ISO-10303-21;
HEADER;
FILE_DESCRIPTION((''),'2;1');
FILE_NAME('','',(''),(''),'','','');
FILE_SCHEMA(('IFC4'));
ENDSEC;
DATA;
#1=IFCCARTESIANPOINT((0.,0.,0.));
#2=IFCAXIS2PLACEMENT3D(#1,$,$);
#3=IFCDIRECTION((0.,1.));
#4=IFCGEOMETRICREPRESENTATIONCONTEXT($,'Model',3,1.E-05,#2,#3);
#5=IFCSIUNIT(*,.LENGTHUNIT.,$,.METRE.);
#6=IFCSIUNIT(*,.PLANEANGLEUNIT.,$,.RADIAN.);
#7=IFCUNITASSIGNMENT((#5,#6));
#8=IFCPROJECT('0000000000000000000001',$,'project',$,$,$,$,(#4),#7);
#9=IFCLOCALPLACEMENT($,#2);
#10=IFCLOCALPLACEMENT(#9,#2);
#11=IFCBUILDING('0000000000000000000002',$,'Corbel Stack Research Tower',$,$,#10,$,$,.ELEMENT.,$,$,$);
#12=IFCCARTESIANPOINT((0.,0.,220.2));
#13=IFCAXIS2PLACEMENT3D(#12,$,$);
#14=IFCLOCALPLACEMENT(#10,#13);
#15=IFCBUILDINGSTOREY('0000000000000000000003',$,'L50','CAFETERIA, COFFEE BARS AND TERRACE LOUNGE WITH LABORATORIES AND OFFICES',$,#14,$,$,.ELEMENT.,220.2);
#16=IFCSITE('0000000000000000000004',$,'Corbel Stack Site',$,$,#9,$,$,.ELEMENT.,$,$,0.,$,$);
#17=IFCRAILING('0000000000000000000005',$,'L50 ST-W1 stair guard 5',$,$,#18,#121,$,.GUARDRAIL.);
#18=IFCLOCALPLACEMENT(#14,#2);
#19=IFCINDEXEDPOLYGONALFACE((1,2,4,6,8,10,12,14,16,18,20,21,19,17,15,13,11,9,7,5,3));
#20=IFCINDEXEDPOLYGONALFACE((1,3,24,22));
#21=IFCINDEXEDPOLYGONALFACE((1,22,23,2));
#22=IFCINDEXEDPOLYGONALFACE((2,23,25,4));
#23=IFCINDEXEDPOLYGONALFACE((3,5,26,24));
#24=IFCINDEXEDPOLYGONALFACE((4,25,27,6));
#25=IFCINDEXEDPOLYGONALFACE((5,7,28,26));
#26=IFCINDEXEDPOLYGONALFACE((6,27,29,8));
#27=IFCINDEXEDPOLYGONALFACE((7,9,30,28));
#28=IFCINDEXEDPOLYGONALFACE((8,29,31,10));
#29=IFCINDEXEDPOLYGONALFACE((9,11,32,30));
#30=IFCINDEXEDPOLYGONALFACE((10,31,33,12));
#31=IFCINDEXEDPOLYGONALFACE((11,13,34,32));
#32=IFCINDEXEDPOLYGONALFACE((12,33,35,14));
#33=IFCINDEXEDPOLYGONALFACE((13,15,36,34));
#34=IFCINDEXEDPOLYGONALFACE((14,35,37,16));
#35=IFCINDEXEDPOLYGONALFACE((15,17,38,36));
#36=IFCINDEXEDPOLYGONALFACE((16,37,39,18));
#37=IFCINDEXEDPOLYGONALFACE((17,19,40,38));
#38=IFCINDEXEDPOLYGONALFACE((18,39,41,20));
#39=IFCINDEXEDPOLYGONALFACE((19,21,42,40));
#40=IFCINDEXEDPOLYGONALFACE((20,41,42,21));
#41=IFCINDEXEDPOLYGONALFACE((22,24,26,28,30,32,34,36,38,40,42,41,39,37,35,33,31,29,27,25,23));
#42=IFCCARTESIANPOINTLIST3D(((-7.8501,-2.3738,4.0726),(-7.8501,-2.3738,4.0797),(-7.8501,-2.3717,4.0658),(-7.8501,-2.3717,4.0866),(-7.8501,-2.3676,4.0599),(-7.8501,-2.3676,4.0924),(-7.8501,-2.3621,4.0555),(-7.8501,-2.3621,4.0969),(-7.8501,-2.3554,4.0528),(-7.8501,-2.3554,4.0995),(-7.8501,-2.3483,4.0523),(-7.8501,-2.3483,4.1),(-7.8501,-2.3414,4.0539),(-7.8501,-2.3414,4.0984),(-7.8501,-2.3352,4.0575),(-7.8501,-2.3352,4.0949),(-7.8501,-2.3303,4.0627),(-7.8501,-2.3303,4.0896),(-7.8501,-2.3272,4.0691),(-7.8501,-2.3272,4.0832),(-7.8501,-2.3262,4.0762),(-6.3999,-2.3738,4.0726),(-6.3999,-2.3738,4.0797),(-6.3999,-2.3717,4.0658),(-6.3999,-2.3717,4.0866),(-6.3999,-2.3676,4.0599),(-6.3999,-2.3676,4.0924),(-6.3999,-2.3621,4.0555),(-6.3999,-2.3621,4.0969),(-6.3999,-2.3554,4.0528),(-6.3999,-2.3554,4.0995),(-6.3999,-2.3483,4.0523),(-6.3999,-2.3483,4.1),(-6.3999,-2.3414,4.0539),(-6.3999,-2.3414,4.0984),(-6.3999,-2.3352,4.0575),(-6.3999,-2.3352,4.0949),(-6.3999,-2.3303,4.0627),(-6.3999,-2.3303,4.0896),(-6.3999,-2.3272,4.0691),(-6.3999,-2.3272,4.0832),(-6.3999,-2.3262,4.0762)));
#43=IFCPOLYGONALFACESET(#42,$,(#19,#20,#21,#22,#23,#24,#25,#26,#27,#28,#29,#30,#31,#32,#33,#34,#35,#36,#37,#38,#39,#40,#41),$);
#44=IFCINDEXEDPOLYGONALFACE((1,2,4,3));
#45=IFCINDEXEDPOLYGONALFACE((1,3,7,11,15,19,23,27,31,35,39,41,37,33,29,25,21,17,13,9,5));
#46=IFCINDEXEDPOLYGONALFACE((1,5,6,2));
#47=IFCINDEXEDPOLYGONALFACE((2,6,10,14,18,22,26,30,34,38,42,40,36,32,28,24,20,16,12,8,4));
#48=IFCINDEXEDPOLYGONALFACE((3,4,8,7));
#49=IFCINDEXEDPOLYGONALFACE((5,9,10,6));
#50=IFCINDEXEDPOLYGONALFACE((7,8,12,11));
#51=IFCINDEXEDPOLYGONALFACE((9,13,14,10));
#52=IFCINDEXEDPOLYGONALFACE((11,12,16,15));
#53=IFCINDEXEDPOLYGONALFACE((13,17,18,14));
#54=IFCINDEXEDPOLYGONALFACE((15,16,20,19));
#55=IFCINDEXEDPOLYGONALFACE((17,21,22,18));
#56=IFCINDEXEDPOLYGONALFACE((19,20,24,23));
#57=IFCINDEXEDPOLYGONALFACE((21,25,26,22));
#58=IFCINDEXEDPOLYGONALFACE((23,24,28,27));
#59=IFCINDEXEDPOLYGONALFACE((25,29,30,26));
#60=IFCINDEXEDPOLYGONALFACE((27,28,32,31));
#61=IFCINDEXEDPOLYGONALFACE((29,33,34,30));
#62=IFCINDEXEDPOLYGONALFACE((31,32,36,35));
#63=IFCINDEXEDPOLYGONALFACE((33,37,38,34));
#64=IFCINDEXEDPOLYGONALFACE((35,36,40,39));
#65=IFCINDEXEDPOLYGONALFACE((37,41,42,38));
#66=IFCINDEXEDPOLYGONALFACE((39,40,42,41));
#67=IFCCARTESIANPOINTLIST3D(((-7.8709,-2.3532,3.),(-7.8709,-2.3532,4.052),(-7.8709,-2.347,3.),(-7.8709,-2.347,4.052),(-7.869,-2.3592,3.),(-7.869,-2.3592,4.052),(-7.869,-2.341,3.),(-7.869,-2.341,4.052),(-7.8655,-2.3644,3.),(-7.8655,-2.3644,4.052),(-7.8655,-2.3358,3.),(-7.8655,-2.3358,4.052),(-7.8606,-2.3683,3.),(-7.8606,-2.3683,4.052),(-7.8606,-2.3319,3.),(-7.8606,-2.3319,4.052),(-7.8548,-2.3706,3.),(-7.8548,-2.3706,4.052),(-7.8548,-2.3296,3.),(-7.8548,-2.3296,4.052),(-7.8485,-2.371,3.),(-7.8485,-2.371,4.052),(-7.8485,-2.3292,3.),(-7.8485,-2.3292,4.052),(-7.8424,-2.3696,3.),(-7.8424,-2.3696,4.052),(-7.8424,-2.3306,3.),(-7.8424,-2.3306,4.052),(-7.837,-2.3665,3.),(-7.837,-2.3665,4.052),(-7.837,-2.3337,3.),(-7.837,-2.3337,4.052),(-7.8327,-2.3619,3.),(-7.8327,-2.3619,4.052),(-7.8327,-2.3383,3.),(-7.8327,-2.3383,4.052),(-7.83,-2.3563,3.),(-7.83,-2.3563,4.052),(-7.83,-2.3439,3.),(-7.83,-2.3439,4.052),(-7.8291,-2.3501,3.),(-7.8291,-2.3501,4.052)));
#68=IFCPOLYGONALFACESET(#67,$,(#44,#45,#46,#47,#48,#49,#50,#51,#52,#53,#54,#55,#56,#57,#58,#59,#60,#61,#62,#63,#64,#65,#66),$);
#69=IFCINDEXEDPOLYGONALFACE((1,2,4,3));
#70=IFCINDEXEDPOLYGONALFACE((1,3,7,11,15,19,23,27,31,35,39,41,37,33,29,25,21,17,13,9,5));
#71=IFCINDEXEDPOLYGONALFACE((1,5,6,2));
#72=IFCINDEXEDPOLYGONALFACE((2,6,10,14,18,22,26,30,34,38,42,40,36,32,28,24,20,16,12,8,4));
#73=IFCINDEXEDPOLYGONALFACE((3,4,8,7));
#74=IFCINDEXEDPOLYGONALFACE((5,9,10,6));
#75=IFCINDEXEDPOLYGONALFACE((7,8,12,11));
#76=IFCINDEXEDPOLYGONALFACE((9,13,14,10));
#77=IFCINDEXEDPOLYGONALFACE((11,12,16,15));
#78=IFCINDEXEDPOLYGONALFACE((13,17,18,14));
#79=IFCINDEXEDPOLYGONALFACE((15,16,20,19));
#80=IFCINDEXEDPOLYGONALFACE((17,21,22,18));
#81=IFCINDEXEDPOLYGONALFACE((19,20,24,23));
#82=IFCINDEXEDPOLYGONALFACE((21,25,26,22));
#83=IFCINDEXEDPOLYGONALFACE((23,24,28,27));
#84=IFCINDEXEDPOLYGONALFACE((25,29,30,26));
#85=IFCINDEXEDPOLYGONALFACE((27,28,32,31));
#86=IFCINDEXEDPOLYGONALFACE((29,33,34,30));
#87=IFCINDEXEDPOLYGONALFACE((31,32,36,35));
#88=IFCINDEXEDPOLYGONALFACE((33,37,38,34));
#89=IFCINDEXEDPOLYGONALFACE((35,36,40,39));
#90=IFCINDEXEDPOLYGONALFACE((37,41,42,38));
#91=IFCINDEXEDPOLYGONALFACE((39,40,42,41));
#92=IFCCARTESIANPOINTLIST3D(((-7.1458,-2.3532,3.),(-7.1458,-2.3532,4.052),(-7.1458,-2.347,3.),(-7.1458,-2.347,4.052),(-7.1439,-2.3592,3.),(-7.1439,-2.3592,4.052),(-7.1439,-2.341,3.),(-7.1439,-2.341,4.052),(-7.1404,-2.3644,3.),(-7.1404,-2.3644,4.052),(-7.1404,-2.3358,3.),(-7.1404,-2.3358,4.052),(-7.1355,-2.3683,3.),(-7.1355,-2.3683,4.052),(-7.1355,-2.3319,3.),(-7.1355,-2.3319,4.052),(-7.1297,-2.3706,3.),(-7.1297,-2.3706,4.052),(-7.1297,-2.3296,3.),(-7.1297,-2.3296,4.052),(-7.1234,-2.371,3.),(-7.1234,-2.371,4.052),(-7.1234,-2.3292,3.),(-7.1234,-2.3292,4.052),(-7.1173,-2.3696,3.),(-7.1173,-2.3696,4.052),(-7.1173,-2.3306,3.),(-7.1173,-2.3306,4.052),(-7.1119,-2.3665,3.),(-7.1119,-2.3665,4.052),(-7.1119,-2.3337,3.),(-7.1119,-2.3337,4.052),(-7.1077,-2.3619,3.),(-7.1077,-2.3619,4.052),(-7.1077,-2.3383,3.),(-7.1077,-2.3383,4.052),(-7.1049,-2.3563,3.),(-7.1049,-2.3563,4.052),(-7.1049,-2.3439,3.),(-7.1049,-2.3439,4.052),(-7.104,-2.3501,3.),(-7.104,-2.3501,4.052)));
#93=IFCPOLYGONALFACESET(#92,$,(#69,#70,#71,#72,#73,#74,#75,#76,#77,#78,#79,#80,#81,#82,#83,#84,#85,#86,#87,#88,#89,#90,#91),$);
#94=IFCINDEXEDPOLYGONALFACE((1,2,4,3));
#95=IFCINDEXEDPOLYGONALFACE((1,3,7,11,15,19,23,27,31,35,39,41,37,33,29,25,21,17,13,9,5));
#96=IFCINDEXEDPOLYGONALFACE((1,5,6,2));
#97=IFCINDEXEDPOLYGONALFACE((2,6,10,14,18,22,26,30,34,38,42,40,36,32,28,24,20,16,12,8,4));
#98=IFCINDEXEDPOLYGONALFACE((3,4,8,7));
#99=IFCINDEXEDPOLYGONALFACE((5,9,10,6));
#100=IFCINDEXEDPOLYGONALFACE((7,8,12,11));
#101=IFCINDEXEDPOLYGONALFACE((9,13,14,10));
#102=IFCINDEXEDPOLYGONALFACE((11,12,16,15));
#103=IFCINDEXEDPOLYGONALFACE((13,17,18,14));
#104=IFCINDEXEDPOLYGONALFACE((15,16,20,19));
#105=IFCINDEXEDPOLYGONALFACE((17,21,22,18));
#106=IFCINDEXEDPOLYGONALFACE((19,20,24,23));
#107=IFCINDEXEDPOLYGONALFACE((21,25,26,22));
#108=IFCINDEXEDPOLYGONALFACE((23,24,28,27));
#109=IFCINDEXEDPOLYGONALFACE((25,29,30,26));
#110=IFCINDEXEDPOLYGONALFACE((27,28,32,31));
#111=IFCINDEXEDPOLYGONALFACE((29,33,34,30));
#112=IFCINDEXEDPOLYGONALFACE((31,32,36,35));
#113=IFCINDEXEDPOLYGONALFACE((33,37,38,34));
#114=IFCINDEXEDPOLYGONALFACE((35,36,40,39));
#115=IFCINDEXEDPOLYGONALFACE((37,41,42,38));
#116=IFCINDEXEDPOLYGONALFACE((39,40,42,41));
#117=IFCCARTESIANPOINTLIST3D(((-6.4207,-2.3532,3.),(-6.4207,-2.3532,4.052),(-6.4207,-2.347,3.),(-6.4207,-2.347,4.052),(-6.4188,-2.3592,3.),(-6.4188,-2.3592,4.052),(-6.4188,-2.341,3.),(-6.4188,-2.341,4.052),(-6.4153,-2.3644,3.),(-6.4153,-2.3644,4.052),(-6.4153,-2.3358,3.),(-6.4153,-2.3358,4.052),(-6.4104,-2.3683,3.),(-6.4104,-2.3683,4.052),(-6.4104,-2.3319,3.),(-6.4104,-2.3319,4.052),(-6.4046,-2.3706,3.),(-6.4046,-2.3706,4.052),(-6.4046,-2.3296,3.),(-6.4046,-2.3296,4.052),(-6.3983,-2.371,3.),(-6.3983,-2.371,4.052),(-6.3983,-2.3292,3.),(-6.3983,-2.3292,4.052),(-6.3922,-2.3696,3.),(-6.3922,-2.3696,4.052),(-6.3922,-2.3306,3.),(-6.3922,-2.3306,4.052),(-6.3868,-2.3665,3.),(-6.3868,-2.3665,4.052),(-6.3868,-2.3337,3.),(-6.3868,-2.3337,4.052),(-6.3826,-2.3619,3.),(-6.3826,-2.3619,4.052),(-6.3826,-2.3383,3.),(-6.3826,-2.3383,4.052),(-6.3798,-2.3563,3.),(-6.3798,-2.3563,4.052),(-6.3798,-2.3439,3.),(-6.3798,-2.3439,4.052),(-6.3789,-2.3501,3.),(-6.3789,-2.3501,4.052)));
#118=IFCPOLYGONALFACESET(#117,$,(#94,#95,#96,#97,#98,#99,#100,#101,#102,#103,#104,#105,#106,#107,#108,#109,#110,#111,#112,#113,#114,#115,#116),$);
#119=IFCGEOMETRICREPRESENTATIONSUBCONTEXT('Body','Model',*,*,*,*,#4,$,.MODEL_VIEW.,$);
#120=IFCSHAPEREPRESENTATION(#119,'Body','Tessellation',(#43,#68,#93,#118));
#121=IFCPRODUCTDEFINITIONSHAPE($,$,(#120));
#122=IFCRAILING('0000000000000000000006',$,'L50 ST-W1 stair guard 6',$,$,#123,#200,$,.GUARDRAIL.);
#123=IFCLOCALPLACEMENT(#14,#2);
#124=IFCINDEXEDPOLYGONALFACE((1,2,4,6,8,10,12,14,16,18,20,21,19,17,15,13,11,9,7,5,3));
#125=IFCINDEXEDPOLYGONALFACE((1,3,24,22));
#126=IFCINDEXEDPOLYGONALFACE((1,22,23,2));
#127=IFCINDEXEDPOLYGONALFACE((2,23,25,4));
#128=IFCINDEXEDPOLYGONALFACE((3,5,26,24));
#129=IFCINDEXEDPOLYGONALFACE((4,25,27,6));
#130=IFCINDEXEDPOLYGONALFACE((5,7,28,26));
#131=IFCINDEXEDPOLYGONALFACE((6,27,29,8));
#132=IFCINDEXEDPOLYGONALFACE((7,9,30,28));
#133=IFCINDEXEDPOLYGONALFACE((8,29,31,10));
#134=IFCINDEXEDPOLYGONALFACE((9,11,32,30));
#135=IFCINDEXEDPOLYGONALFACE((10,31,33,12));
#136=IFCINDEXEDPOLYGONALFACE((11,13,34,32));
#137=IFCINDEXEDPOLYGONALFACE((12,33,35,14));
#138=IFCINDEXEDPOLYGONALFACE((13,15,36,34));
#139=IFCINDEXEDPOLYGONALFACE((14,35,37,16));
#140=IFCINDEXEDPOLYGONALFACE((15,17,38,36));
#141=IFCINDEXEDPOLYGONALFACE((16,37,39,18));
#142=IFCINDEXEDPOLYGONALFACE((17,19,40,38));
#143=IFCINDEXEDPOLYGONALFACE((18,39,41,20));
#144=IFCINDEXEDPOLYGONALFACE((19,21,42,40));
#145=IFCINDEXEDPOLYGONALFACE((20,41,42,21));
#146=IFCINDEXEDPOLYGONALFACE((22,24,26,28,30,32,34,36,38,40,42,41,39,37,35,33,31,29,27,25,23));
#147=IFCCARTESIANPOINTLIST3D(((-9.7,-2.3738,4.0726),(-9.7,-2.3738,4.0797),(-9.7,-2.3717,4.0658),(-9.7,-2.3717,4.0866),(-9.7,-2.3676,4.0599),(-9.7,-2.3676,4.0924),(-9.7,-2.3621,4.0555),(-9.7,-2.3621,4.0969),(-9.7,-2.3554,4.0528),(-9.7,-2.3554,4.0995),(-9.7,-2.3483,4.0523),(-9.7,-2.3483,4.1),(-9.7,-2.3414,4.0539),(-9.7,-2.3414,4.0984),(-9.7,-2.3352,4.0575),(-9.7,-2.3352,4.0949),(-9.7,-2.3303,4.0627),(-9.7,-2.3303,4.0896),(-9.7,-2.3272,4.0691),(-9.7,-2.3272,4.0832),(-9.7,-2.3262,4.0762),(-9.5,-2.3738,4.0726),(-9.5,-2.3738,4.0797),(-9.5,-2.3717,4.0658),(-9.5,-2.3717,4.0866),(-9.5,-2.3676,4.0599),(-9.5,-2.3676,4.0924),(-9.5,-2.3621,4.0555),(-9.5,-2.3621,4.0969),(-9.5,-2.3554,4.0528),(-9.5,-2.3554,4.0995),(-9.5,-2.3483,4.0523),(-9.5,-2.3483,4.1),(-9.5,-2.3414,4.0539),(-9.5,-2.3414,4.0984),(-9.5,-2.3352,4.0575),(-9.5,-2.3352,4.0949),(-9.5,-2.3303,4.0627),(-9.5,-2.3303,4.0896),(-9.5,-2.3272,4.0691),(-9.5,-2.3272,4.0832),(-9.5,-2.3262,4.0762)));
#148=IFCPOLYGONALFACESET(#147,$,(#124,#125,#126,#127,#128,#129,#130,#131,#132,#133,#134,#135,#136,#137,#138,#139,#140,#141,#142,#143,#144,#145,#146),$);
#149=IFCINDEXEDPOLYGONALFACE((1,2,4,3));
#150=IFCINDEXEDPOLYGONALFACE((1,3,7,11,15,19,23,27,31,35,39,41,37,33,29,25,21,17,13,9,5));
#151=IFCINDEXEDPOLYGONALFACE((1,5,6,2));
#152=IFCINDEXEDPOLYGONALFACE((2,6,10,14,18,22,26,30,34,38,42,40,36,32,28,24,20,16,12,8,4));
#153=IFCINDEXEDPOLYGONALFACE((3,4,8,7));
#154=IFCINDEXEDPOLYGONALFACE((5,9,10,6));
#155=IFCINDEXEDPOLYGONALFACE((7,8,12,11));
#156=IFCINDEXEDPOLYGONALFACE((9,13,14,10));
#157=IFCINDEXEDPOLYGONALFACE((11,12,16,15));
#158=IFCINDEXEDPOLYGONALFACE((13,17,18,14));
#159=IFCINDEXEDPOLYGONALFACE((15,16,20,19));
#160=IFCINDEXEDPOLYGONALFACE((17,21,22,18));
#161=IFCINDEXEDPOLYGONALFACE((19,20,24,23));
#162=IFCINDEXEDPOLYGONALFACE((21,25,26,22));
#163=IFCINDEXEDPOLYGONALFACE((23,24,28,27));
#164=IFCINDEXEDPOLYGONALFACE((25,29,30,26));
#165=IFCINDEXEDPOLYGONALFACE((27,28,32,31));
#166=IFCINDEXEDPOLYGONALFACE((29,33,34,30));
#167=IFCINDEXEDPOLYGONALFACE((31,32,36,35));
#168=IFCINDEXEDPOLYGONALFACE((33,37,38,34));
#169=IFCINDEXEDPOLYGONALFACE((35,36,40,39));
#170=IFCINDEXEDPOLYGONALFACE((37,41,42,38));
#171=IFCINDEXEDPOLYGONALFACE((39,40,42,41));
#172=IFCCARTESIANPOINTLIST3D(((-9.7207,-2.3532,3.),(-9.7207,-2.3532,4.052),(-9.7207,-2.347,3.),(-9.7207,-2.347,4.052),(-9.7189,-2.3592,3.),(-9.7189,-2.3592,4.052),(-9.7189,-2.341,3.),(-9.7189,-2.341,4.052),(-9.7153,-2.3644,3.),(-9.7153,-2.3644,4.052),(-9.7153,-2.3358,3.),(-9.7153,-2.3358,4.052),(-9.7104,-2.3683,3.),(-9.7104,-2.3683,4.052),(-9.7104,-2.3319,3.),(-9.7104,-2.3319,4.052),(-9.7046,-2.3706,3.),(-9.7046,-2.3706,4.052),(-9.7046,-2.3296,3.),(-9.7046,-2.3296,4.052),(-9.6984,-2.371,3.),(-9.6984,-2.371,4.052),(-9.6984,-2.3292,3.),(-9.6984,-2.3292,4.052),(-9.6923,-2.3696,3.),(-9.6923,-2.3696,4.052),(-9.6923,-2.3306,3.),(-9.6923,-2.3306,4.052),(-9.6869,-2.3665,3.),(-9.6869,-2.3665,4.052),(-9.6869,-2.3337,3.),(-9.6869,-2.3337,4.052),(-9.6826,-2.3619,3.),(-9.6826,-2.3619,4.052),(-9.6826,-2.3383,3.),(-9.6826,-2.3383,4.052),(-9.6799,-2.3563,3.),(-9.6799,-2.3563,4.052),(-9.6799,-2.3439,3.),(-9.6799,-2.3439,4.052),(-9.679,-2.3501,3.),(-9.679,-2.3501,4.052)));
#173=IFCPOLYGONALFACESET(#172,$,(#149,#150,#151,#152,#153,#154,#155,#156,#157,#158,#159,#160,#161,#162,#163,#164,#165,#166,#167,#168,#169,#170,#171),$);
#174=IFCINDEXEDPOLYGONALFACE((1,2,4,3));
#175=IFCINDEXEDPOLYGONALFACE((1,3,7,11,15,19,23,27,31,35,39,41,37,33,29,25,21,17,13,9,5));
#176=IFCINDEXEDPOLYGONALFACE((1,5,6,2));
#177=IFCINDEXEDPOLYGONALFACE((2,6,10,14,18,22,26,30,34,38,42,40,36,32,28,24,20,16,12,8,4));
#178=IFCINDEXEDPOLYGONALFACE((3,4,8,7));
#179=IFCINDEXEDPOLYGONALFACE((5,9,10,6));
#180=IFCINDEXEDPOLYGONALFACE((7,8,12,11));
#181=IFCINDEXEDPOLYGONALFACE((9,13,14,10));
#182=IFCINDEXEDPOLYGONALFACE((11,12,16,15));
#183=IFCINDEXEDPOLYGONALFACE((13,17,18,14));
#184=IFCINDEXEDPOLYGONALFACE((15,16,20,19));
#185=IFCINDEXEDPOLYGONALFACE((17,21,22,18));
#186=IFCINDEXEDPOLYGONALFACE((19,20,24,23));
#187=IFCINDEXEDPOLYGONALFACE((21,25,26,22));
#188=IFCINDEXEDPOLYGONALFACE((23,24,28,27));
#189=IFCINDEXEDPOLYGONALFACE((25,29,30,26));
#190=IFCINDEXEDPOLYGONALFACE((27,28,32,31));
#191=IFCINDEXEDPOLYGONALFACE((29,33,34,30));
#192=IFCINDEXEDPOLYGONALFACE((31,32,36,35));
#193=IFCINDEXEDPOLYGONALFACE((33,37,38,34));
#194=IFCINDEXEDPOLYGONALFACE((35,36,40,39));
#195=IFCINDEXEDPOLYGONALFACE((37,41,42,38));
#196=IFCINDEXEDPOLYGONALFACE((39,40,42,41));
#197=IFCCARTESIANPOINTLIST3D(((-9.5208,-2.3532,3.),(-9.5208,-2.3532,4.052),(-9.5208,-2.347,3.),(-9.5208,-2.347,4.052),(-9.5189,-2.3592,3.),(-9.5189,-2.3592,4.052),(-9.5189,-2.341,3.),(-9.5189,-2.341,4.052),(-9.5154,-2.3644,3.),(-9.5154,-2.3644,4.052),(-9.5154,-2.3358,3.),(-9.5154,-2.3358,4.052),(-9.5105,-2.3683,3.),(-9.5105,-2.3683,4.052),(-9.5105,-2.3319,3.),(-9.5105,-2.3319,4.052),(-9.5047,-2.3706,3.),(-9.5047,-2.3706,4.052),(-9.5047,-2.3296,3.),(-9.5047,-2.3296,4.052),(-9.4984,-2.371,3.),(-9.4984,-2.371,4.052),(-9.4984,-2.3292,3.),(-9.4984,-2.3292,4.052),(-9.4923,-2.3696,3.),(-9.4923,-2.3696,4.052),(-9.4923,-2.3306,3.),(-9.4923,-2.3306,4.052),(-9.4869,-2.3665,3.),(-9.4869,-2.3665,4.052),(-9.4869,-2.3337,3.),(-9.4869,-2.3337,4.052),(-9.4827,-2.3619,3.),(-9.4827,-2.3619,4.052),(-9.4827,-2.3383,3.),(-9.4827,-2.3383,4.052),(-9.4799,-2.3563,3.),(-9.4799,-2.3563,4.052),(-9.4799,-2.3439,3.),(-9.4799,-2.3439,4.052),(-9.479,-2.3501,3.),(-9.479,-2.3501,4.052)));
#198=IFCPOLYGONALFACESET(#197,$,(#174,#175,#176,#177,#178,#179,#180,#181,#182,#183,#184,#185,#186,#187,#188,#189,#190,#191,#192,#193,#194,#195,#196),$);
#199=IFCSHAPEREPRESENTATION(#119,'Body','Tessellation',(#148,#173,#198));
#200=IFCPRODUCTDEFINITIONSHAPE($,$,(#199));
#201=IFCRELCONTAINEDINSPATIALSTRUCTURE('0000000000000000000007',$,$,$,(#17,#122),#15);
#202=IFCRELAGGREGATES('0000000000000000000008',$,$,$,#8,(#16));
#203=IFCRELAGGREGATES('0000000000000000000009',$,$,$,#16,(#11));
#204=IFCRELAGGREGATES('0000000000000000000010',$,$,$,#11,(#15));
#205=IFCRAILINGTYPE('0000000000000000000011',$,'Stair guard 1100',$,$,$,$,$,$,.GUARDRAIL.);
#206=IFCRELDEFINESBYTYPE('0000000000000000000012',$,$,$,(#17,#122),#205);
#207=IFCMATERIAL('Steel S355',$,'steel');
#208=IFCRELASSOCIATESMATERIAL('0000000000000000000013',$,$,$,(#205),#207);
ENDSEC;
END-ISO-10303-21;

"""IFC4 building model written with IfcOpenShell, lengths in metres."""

from ifc_helpers import new_model, si_unit, direction, frame, origin, origin_2d, place, context, subcontext, project, spatial, circle, extrude, material, type_object, element, save


model = new_model("IFC4")

# Units and contexts
model_context = context("Model", 3, precision=1e-05, world=origin(), true_north=direction((0.0, 1.0)))
body_context = subcontext(model_context, "Body", "Model", "MODEL_VIEW")
ifc_project = project(units=[si_unit("LENGTHUNIT", "METRE"), si_unit("PLANEANGLEUNIT", "RADIAN")], contexts=[model_context])

# Site, building, storey
site_placement = place(None, origin())
site = spatial("IfcSite", under=ifc_project, at=site_placement, Name="Corbel Stack Site", CompositionType="ELEMENT", RefElevation=0.0)
building_placement = place(site_placement, origin())
building = spatial("IfcBuilding", under=site, at=building_placement, Name="Corbel Stack Research Tower", CompositionType="ELEMENT")
storey_placement = place(building_placement, frame((0.0, 0.0, 220.2)))
storey = spatial("IfcBuildingStorey", under=building, at=storey_placement, Name="L50", Description="CAFETERIA, COFFEE BARS AND TERRACE LOUNGE WITH LABORATORIES AND OFFICES", CompositionType="ELEMENT", Elevation=220.2)

# Railings
ifc_material_1 = material(Name="Steel S355", Category="steel")
railing_type_1 = type_object("IfcRailingType", Name="Stair guard 1100", PredefinedType="GUARDRAIL", material=ifc_material_1)
railing_1_placement = place(storey_placement, frame((-7.8501, -2.3501, 3.0)))
element("IfcRailing", 1, at=railing_1_placement, inside=storey, type_object=railing_type_1, Name="L50 ST-W1 stair guard 5", PredefinedType="GUARDRAIL", context=body_context, shape_type="SweptSolid", body=[
    extrude(circle(Radius=0.0239, at=origin_2d()), frame((0.0, 0.0, 1.0762), z_axis=(1.0, 0.0, 0.0), x_axis=(0.0, 1.0, 0.0)), (0.0, 0.0, 1.0), 1.4502),
    extrude(circle(Radius=0.021, at=origin_2d()), origin(), (0.0, 0.0, 1.0), 1.052),
    extrude(circle(Radius=0.021, at=origin_2d()), frame((0.7251, 0.0, 0.0)), (0.0, 0.0, 1.0), 1.052),
    extrude(circle(Radius=0.021, at=origin_2d()), frame((1.4502, 0.0, 0.0)), (0.0, 0.0, 1.0), 1.052),
])
railing_2_placement = place(storey_placement, frame((-9.7, -2.3501, 3.0)))
element("IfcRailing", 2, at=railing_2_placement, inside=storey, type_object=railing_type_1, Name="L50 ST-W1 stair guard 6", PredefinedType="GUARDRAIL", context=body_context, shape_type="SweptSolid", body=[
    extrude(circle(Radius=0.0239, at=origin_2d()), frame((0.0, 0.0, 1.0762), z_axis=(1.0, 0.0, 0.0), x_axis=(0.0, 1.0, 0.0)), (0.0, 0.0, 1.0), 0.2),
    extrude(circle(Radius=0.021, at=origin_2d()), origin(), (0.0, 0.0, 1.0), 1.052),
    extrude(circle(Radius=0.021, at=origin_2d()), frame((0.2, 0.0, 0.0)), (0.0, 0.0, 1.0), 1.052),
])

save(model, "model.ifc")
